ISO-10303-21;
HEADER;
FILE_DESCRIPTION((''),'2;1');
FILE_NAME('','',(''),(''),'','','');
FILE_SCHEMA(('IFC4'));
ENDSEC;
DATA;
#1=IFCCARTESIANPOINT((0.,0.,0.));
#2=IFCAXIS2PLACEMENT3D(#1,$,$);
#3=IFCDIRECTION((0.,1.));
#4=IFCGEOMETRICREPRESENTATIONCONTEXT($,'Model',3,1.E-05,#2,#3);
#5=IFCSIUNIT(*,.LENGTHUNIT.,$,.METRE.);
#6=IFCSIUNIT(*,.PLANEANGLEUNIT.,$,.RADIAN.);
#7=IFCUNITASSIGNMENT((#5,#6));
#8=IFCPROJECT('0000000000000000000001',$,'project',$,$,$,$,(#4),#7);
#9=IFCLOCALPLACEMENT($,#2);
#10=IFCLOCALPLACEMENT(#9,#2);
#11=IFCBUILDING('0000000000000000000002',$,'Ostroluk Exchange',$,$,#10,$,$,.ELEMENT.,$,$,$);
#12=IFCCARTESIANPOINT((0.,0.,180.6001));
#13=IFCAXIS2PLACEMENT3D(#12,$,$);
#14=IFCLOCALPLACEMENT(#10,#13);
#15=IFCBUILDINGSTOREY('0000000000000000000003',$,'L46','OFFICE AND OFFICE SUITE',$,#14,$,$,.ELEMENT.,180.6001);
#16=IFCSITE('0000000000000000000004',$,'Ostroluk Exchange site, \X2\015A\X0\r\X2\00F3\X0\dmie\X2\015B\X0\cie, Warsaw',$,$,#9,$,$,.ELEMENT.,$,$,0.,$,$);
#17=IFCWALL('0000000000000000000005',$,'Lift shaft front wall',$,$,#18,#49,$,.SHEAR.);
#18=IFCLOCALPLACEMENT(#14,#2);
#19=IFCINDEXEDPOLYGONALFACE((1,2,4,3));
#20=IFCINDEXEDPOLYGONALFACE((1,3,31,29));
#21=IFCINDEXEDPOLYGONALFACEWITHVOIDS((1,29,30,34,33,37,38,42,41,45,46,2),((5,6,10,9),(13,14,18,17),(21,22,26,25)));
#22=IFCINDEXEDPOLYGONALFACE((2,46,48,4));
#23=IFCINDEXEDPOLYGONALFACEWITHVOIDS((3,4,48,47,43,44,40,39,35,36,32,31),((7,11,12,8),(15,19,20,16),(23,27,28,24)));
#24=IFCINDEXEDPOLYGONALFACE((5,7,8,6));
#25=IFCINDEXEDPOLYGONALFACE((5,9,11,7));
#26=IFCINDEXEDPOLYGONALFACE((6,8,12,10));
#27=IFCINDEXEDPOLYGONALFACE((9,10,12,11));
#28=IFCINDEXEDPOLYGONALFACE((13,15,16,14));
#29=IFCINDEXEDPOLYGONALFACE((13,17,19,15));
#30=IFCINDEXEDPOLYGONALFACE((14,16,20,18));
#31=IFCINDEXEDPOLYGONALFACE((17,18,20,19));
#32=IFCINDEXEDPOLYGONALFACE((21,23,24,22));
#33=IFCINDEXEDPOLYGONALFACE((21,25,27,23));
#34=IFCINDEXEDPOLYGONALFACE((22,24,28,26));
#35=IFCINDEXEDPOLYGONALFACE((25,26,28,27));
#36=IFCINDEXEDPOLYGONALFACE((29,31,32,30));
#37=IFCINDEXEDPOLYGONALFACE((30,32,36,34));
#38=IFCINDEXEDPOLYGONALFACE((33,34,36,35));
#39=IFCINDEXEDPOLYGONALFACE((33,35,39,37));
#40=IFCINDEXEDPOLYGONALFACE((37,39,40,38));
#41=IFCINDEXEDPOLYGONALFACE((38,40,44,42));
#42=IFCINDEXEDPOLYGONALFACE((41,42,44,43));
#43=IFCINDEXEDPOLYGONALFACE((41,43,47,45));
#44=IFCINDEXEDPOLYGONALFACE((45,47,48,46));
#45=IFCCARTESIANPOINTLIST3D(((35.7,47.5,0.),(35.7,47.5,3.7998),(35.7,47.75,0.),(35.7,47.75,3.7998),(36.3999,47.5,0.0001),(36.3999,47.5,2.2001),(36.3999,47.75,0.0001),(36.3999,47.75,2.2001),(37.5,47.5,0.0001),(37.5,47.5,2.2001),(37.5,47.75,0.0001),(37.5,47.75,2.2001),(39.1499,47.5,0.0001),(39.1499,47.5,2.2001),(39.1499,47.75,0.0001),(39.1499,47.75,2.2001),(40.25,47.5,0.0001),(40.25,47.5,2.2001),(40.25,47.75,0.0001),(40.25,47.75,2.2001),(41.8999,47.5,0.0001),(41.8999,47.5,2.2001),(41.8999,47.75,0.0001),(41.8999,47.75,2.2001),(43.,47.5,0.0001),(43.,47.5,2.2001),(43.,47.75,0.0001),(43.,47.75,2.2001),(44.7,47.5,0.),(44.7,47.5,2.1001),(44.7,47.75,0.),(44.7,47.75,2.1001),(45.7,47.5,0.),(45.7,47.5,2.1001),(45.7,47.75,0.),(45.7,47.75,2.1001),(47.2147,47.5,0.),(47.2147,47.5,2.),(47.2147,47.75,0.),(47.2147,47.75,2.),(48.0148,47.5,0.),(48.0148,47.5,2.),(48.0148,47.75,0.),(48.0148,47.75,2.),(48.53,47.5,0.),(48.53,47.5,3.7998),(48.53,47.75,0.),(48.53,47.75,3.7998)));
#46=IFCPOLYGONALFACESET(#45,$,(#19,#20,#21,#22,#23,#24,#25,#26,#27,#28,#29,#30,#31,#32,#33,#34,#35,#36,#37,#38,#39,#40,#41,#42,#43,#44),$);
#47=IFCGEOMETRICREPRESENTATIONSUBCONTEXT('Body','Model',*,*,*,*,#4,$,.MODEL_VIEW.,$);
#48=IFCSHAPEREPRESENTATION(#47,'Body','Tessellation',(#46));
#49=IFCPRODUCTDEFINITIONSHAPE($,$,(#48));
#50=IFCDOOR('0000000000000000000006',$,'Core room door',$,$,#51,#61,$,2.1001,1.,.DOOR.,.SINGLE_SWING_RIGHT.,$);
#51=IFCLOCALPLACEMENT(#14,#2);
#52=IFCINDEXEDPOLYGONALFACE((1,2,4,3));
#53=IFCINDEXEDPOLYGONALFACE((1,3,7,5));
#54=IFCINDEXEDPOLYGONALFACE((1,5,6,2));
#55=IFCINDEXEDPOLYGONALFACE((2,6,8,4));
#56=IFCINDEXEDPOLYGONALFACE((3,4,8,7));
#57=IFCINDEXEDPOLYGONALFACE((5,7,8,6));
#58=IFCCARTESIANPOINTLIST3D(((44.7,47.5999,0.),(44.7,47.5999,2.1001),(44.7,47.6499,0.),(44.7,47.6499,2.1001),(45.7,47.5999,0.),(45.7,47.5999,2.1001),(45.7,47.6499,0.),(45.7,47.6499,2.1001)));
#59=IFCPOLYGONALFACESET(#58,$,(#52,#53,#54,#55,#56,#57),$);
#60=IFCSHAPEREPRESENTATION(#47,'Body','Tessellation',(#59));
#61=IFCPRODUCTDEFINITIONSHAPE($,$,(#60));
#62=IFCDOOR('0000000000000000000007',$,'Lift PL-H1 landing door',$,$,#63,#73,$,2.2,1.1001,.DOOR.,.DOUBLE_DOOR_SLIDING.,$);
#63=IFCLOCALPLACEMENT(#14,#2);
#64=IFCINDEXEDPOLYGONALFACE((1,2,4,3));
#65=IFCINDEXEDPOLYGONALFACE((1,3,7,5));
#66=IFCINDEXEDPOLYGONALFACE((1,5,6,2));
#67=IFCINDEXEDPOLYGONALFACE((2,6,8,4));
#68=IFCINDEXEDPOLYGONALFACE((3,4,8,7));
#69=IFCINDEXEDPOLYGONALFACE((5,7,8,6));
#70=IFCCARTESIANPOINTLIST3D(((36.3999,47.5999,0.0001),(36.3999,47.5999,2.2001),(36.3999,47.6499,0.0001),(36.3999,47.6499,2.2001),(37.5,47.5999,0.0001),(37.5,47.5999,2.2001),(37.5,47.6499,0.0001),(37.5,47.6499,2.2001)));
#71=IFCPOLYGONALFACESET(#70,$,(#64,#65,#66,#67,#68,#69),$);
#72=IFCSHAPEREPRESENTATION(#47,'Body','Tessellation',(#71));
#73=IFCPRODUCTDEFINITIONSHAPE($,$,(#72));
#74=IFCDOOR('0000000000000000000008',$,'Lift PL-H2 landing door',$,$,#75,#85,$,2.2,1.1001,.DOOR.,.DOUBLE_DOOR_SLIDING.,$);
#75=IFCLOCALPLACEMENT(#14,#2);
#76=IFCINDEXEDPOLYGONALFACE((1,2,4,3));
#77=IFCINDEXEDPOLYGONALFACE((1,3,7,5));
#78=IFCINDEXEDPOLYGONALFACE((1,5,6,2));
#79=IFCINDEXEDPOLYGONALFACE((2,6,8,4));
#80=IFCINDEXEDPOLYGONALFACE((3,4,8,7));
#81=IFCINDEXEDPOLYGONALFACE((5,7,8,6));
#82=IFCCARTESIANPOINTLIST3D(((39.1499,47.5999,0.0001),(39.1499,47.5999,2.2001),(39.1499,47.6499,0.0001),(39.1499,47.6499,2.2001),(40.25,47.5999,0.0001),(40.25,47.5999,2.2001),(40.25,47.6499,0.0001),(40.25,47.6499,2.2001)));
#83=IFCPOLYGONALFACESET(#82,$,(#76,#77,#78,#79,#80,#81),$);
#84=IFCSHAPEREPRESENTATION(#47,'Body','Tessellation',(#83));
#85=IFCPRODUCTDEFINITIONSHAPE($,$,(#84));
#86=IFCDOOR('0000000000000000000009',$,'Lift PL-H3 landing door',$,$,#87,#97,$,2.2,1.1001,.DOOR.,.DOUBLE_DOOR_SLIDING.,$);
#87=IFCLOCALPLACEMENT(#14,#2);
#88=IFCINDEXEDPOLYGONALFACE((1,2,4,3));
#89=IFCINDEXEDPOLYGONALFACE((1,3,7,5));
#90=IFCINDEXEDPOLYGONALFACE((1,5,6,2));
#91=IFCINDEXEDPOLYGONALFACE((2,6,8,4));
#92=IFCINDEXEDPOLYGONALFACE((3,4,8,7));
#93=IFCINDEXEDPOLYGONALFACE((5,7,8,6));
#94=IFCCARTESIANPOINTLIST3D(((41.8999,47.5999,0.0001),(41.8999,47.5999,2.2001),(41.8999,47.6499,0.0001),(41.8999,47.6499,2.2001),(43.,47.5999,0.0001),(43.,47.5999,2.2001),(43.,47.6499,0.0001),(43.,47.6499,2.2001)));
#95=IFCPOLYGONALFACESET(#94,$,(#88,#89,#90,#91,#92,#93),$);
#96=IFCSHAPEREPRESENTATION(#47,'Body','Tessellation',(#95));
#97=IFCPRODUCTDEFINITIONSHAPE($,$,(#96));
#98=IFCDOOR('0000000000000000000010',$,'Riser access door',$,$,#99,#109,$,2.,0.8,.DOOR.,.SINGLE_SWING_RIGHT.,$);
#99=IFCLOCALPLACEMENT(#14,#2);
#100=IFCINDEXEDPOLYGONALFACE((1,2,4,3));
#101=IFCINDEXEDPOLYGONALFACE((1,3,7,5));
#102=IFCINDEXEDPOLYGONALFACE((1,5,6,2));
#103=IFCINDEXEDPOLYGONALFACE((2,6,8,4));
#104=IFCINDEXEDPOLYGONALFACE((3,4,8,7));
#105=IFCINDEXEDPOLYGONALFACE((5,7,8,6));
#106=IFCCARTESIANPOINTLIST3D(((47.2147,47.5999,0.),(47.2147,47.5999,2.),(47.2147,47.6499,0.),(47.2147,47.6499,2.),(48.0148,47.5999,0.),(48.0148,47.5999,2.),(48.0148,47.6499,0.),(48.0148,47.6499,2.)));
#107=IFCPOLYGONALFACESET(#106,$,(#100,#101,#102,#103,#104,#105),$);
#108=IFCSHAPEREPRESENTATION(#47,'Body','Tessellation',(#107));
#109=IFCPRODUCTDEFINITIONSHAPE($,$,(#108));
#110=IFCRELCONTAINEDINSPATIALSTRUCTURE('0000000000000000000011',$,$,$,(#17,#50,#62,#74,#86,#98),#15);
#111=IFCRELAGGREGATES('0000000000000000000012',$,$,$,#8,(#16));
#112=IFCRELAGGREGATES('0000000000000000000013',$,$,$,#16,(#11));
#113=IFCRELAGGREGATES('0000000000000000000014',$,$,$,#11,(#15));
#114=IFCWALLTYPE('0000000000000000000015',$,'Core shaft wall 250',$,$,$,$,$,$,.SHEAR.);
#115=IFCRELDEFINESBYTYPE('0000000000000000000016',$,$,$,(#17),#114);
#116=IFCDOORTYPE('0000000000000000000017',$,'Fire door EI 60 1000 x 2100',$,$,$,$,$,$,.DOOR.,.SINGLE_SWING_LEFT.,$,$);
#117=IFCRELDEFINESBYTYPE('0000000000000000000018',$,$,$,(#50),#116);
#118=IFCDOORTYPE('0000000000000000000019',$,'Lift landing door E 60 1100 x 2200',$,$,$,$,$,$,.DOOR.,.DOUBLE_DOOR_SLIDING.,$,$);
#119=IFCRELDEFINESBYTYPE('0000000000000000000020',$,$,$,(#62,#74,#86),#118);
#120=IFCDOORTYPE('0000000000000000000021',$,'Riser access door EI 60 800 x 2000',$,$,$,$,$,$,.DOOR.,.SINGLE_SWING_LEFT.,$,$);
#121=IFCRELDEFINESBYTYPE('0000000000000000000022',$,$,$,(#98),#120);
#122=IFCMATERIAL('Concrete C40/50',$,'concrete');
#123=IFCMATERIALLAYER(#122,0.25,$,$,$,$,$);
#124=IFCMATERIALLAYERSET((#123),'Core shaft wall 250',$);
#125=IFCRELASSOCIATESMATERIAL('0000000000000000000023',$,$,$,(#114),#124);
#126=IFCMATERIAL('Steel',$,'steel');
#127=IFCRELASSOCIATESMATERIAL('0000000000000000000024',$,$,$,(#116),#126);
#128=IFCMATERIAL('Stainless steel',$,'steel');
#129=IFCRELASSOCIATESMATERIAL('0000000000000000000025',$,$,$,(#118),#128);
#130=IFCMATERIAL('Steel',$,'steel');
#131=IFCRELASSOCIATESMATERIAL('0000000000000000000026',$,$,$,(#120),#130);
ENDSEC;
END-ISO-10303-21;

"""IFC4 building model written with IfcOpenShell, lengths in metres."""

from ifc_helpers import new_model, si_unit, direction, frame, frame_2d, origin, place, context, subcontext, project, spatial, rectangle, extrude, material, layer, layer_set, type_object, element, fill, save


model = new_model("IFC4")

# Units and contexts
model_context = context("Model", 3, precision=1e-05, world=origin(), true_north=direction((0.0, 1.0)))
body_context = subcontext(model_context, "Body", "Model", "MODEL_VIEW")
ifc_project = project(units=[si_unit("LENGTHUNIT", "METRE"), si_unit("PLANEANGLEUNIT", "RADIAN")], contexts=[model_context])

# Site, building, storey
site_placement = place(None, origin())
site = spatial("IfcSite", under=ifc_project, at=site_placement, Name="Ostroluk Exchange site, Śródmieście, Warsaw", CompositionType="ELEMENT", RefElevation=0.0)
building_placement = place(site_placement, origin())
building = spatial("IfcBuilding", under=site, at=building_placement, Name="Ostroluk Exchange", CompositionType="ELEMENT")
storey_placement = place(building_placement, frame((0.0, 0.0, 180.6001)))
storey = spatial("IfcBuildingStorey", under=building, at=storey_placement, Name="L46", Description="OFFICE AND OFFICE SUITE", CompositionType="ELEMENT", Elevation=180.6001)

# Shared definitions
ifc_material_1 = material(Name="Concrete C40/50", Category="concrete")
ifc_layer_1 = layer(ifc_material_1, 0.25)
ifc_layer_set_1 = layer_set([ifc_layer_1], Name="Core shaft wall 250")
wall_type_1 = type_object("IfcWallType", Name="Core shaft wall 250", PredefinedType="SHEAR", material=ifc_layer_set_1)

# Wall, openings, doors
wall_1_placement = place(storey_placement, frame((35.7, 47.625, 0.0), z_axis=(0.0, 0.0, 1.0), x_axis=(1.0, 0.0, 0.0)))
wall_1 = element("IfcWall", 1, at=wall_1_placement, inside=storey, type_object=wall_type_1, Name="Lift shaft front wall", PredefinedType="SHEAR", context=body_context, shape_type="SweptSolid", body=[
    extrude(rectangle(XDim=12.8301, YDim=0.25, at=frame_2d((6.415, 0.0))), origin(), (0.0, 0.0, 1.0), 3.7998),
])
opening_1_placement = place(wall_1_placement, frame((0.7, 0.0, 0.0)))
opening_1 = element("IfcOpeningElement", 2, at=opening_1_placement, cuts=wall_1, PredefinedType="OPENING", context=body_context, shape_type="SweptSolid", body=[
    extrude(rectangle(XDim=1.1001, YDim=2.2, at=frame_2d((0.55, 1.1001))), frame((0.0, 0.135, 0.0), z_axis=(0.0, -1.0, 0.0), x_axis=(1.0, 0.0, 0.0)), (0.0, 0.0, 1.0), 0.27),
])
opening_2_placement = place(wall_1_placement, frame((3.45, 0.0, 0.0)))
opening_2 = element("IfcOpeningElement", 3, at=opening_2_placement, cuts=wall_1, PredefinedType="OPENING", context=body_context, shape_type="SweptSolid", body=[
    extrude(rectangle(XDim=1.1001, YDim=2.2, at=frame_2d((0.55, 1.1001))), frame((0.0, 0.135, 0.0), z_axis=(0.0, -1.0, 0.0), x_axis=(1.0, 0.0, 0.0)), (0.0, 0.0, 1.0), 0.27),
])
opening_3_placement = place(wall_1_placement, frame((6.2, 0.0, 0.0)))
opening_3 = element("IfcOpeningElement", 4, at=opening_3_placement, cuts=wall_1, PredefinedType="OPENING", context=body_context, shape_type="SweptSolid", body=[
    extrude(rectangle(XDim=1.1001, YDim=2.2, at=frame_2d((0.55, 1.1001))), frame((0.0, 0.135, 0.0), z_axis=(0.0, -1.0, 0.0), x_axis=(1.0, 0.0, 0.0)), (0.0, 0.0, 1.0), 0.27),
])
opening_4_placement = place(wall_1_placement, frame((9.0, 0.0, 0.0)))
opening_4 = element("IfcOpeningElement", 5, at=opening_4_placement, cuts=wall_1, PredefinedType="OPENING", context=body_context, shape_type="SweptSolid", body=[
    extrude(rectangle(XDim=1.0, YDim=2.1001, at=frame_2d((0.5, 1.05))), frame((0.0, 0.135, 0.0), z_axis=(0.0, -1.0, 0.0), x_axis=(1.0, 0.0, 0.0)), (0.0, 0.0, 1.0), 0.27),
])
opening_5_placement = place(wall_1_placement, frame((11.5149, 0.0, 0.0)))
opening_5 = element("IfcOpeningElement", 6, at=opening_5_placement, cuts=wall_1, PredefinedType="OPENING", context=body_context, shape_type="SweptSolid", body=[
    extrude(rectangle(XDim=0.8, YDim=2.0, at=frame_2d((0.3999, 1.0))), frame((0.0, 0.135, 0.0), z_axis=(0.0, -1.0, 0.0), x_axis=(1.0, 0.0, 0.0)), (0.0, 0.0, 1.0), 0.27),
])
ifc_material_2 = material(Name="Steel", Category="steel")
door_type_1 = type_object("IfcDoorType", Name="Fire door EI 60 1000 x 2100", OperationType="SINGLE_SWING_LEFT", PredefinedType="DOOR", material=ifc_material_2)
door_1_placement = place(opening_4_placement, origin())
door_1 = element("IfcDoor", 7, at=door_1_placement, inside=storey, type_object=door_type_1, Name="Core room door", OperationType="SINGLE_SWING_RIGHT", OverallHeight=2.1001, OverallWidth=1.0, PredefinedType="DOOR", context=body_context, shape_type="SweptSolid", body=[
    extrude(rectangle(XDim=1.0, YDim=2.1001, at=frame_2d((0.5, 1.05))), frame((0.0, 0.0249, 0.0), z_axis=(0.0, -1.0, 0.0), x_axis=(1.0, 0.0, 0.0)), (0.0, 0.0, 1.0), 0.05),
])
fill(opening_4, door_1)
ifc_material_3 = material(Name="Stainless steel", Category="steel")
door_type_2 = type_object("IfcDoorType", Name="Lift landing door E 60 1100 x 2200", OperationType="DOUBLE_DOOR_SLIDING", PredefinedType="DOOR", material=ifc_material_3)
door_2_placement = place(opening_1_placement, origin())
door_2 = element("IfcDoor", 8, at=door_2_placement, inside=storey, type_object=door_type_2, Name="Lift PL-H1 landing door", OperationType="DOUBLE_DOOR_SLIDING", OverallHeight=2.2, OverallWidth=1.1001, PredefinedType="DOOR", context=body_context, shape_type="SweptSolid", body=[
    extrude(rectangle(XDim=1.1001, YDim=2.2, at=frame_2d((0.55, 1.1001))), frame((0.0, 0.0249, 0.0), z_axis=(0.0, -1.0, 0.0), x_axis=(1.0, 0.0, 0.0)), (0.0, 0.0, 1.0), 0.05),
])
fill(opening_1, door_2)
door_3_placement = place(opening_2_placement, origin())
door_3 = element("IfcDoor", 9, at=door_3_placement, inside=storey, type_object=door_type_2, Name="Lift PL-H2 landing door", OperationType="DOUBLE_DOOR_SLIDING", OverallHeight=2.2, OverallWidth=1.1001, PredefinedType="DOOR", context=body_context, shape_type="SweptSolid", body=[
    extrude(rectangle(XDim=1.1001, YDim=2.2, at=frame_2d((0.55, 1.1001))), frame((0.0, 0.0249, 0.0), z_axis=(0.0, -1.0, 0.0), x_axis=(1.0, 0.0, 0.0)), (0.0, 0.0, 1.0), 0.05),
])
fill(opening_2, door_3)
door_4_placement = place(opening_3_placement, origin())
door_4 = element("IfcDoor", 10, at=door_4_placement, inside=storey, type_object=door_type_2, Name="Lift PL-H3 landing door", OperationType="DOUBLE_DOOR_SLIDING", OverallHeight=2.2, OverallWidth=1.1001, PredefinedType="DOOR", context=body_context, shape_type="SweptSolid", body=[
    extrude(rectangle(XDim=1.1001, YDim=2.2, at=frame_2d((0.55, 1.1001))), frame((0.0, 0.0249, 0.0), z_axis=(0.0, -1.0, 0.0), x_axis=(1.0, 0.0, 0.0)), (0.0, 0.0, 1.0), 0.05),
])
fill(opening_3, door_4)
ifc_material_4 = material(Name="Steel", Category="steel")
door_type_3 = type_object("IfcDoorType", Name="Riser access door EI 60 800 x 2000", OperationType="SINGLE_SWING_LEFT", PredefinedType="DOOR", material=ifc_material_4)
door_5_placement = place(opening_5_placement, origin())
door_5 = element("IfcDoor", 11, at=door_5_placement, inside=storey, type_object=door_type_3, Name="Riser access door", OperationType="SINGLE_SWING_RIGHT", OverallHeight=2.0, OverallWidth=0.8, PredefinedType="DOOR", context=body_context, shape_type="SweptSolid", body=[
    extrude(rectangle(XDim=0.8, YDim=2.0, at=frame_2d((0.3999, 1.0))), frame((0.0, 0.0249, 0.0), z_axis=(0.0, -1.0, 0.0), x_axis=(1.0, 0.0, 0.0)), (0.0, 0.0, 1.0), 0.05),
])
fill(opening_5, door_5)

save(model, "model.ifc")
